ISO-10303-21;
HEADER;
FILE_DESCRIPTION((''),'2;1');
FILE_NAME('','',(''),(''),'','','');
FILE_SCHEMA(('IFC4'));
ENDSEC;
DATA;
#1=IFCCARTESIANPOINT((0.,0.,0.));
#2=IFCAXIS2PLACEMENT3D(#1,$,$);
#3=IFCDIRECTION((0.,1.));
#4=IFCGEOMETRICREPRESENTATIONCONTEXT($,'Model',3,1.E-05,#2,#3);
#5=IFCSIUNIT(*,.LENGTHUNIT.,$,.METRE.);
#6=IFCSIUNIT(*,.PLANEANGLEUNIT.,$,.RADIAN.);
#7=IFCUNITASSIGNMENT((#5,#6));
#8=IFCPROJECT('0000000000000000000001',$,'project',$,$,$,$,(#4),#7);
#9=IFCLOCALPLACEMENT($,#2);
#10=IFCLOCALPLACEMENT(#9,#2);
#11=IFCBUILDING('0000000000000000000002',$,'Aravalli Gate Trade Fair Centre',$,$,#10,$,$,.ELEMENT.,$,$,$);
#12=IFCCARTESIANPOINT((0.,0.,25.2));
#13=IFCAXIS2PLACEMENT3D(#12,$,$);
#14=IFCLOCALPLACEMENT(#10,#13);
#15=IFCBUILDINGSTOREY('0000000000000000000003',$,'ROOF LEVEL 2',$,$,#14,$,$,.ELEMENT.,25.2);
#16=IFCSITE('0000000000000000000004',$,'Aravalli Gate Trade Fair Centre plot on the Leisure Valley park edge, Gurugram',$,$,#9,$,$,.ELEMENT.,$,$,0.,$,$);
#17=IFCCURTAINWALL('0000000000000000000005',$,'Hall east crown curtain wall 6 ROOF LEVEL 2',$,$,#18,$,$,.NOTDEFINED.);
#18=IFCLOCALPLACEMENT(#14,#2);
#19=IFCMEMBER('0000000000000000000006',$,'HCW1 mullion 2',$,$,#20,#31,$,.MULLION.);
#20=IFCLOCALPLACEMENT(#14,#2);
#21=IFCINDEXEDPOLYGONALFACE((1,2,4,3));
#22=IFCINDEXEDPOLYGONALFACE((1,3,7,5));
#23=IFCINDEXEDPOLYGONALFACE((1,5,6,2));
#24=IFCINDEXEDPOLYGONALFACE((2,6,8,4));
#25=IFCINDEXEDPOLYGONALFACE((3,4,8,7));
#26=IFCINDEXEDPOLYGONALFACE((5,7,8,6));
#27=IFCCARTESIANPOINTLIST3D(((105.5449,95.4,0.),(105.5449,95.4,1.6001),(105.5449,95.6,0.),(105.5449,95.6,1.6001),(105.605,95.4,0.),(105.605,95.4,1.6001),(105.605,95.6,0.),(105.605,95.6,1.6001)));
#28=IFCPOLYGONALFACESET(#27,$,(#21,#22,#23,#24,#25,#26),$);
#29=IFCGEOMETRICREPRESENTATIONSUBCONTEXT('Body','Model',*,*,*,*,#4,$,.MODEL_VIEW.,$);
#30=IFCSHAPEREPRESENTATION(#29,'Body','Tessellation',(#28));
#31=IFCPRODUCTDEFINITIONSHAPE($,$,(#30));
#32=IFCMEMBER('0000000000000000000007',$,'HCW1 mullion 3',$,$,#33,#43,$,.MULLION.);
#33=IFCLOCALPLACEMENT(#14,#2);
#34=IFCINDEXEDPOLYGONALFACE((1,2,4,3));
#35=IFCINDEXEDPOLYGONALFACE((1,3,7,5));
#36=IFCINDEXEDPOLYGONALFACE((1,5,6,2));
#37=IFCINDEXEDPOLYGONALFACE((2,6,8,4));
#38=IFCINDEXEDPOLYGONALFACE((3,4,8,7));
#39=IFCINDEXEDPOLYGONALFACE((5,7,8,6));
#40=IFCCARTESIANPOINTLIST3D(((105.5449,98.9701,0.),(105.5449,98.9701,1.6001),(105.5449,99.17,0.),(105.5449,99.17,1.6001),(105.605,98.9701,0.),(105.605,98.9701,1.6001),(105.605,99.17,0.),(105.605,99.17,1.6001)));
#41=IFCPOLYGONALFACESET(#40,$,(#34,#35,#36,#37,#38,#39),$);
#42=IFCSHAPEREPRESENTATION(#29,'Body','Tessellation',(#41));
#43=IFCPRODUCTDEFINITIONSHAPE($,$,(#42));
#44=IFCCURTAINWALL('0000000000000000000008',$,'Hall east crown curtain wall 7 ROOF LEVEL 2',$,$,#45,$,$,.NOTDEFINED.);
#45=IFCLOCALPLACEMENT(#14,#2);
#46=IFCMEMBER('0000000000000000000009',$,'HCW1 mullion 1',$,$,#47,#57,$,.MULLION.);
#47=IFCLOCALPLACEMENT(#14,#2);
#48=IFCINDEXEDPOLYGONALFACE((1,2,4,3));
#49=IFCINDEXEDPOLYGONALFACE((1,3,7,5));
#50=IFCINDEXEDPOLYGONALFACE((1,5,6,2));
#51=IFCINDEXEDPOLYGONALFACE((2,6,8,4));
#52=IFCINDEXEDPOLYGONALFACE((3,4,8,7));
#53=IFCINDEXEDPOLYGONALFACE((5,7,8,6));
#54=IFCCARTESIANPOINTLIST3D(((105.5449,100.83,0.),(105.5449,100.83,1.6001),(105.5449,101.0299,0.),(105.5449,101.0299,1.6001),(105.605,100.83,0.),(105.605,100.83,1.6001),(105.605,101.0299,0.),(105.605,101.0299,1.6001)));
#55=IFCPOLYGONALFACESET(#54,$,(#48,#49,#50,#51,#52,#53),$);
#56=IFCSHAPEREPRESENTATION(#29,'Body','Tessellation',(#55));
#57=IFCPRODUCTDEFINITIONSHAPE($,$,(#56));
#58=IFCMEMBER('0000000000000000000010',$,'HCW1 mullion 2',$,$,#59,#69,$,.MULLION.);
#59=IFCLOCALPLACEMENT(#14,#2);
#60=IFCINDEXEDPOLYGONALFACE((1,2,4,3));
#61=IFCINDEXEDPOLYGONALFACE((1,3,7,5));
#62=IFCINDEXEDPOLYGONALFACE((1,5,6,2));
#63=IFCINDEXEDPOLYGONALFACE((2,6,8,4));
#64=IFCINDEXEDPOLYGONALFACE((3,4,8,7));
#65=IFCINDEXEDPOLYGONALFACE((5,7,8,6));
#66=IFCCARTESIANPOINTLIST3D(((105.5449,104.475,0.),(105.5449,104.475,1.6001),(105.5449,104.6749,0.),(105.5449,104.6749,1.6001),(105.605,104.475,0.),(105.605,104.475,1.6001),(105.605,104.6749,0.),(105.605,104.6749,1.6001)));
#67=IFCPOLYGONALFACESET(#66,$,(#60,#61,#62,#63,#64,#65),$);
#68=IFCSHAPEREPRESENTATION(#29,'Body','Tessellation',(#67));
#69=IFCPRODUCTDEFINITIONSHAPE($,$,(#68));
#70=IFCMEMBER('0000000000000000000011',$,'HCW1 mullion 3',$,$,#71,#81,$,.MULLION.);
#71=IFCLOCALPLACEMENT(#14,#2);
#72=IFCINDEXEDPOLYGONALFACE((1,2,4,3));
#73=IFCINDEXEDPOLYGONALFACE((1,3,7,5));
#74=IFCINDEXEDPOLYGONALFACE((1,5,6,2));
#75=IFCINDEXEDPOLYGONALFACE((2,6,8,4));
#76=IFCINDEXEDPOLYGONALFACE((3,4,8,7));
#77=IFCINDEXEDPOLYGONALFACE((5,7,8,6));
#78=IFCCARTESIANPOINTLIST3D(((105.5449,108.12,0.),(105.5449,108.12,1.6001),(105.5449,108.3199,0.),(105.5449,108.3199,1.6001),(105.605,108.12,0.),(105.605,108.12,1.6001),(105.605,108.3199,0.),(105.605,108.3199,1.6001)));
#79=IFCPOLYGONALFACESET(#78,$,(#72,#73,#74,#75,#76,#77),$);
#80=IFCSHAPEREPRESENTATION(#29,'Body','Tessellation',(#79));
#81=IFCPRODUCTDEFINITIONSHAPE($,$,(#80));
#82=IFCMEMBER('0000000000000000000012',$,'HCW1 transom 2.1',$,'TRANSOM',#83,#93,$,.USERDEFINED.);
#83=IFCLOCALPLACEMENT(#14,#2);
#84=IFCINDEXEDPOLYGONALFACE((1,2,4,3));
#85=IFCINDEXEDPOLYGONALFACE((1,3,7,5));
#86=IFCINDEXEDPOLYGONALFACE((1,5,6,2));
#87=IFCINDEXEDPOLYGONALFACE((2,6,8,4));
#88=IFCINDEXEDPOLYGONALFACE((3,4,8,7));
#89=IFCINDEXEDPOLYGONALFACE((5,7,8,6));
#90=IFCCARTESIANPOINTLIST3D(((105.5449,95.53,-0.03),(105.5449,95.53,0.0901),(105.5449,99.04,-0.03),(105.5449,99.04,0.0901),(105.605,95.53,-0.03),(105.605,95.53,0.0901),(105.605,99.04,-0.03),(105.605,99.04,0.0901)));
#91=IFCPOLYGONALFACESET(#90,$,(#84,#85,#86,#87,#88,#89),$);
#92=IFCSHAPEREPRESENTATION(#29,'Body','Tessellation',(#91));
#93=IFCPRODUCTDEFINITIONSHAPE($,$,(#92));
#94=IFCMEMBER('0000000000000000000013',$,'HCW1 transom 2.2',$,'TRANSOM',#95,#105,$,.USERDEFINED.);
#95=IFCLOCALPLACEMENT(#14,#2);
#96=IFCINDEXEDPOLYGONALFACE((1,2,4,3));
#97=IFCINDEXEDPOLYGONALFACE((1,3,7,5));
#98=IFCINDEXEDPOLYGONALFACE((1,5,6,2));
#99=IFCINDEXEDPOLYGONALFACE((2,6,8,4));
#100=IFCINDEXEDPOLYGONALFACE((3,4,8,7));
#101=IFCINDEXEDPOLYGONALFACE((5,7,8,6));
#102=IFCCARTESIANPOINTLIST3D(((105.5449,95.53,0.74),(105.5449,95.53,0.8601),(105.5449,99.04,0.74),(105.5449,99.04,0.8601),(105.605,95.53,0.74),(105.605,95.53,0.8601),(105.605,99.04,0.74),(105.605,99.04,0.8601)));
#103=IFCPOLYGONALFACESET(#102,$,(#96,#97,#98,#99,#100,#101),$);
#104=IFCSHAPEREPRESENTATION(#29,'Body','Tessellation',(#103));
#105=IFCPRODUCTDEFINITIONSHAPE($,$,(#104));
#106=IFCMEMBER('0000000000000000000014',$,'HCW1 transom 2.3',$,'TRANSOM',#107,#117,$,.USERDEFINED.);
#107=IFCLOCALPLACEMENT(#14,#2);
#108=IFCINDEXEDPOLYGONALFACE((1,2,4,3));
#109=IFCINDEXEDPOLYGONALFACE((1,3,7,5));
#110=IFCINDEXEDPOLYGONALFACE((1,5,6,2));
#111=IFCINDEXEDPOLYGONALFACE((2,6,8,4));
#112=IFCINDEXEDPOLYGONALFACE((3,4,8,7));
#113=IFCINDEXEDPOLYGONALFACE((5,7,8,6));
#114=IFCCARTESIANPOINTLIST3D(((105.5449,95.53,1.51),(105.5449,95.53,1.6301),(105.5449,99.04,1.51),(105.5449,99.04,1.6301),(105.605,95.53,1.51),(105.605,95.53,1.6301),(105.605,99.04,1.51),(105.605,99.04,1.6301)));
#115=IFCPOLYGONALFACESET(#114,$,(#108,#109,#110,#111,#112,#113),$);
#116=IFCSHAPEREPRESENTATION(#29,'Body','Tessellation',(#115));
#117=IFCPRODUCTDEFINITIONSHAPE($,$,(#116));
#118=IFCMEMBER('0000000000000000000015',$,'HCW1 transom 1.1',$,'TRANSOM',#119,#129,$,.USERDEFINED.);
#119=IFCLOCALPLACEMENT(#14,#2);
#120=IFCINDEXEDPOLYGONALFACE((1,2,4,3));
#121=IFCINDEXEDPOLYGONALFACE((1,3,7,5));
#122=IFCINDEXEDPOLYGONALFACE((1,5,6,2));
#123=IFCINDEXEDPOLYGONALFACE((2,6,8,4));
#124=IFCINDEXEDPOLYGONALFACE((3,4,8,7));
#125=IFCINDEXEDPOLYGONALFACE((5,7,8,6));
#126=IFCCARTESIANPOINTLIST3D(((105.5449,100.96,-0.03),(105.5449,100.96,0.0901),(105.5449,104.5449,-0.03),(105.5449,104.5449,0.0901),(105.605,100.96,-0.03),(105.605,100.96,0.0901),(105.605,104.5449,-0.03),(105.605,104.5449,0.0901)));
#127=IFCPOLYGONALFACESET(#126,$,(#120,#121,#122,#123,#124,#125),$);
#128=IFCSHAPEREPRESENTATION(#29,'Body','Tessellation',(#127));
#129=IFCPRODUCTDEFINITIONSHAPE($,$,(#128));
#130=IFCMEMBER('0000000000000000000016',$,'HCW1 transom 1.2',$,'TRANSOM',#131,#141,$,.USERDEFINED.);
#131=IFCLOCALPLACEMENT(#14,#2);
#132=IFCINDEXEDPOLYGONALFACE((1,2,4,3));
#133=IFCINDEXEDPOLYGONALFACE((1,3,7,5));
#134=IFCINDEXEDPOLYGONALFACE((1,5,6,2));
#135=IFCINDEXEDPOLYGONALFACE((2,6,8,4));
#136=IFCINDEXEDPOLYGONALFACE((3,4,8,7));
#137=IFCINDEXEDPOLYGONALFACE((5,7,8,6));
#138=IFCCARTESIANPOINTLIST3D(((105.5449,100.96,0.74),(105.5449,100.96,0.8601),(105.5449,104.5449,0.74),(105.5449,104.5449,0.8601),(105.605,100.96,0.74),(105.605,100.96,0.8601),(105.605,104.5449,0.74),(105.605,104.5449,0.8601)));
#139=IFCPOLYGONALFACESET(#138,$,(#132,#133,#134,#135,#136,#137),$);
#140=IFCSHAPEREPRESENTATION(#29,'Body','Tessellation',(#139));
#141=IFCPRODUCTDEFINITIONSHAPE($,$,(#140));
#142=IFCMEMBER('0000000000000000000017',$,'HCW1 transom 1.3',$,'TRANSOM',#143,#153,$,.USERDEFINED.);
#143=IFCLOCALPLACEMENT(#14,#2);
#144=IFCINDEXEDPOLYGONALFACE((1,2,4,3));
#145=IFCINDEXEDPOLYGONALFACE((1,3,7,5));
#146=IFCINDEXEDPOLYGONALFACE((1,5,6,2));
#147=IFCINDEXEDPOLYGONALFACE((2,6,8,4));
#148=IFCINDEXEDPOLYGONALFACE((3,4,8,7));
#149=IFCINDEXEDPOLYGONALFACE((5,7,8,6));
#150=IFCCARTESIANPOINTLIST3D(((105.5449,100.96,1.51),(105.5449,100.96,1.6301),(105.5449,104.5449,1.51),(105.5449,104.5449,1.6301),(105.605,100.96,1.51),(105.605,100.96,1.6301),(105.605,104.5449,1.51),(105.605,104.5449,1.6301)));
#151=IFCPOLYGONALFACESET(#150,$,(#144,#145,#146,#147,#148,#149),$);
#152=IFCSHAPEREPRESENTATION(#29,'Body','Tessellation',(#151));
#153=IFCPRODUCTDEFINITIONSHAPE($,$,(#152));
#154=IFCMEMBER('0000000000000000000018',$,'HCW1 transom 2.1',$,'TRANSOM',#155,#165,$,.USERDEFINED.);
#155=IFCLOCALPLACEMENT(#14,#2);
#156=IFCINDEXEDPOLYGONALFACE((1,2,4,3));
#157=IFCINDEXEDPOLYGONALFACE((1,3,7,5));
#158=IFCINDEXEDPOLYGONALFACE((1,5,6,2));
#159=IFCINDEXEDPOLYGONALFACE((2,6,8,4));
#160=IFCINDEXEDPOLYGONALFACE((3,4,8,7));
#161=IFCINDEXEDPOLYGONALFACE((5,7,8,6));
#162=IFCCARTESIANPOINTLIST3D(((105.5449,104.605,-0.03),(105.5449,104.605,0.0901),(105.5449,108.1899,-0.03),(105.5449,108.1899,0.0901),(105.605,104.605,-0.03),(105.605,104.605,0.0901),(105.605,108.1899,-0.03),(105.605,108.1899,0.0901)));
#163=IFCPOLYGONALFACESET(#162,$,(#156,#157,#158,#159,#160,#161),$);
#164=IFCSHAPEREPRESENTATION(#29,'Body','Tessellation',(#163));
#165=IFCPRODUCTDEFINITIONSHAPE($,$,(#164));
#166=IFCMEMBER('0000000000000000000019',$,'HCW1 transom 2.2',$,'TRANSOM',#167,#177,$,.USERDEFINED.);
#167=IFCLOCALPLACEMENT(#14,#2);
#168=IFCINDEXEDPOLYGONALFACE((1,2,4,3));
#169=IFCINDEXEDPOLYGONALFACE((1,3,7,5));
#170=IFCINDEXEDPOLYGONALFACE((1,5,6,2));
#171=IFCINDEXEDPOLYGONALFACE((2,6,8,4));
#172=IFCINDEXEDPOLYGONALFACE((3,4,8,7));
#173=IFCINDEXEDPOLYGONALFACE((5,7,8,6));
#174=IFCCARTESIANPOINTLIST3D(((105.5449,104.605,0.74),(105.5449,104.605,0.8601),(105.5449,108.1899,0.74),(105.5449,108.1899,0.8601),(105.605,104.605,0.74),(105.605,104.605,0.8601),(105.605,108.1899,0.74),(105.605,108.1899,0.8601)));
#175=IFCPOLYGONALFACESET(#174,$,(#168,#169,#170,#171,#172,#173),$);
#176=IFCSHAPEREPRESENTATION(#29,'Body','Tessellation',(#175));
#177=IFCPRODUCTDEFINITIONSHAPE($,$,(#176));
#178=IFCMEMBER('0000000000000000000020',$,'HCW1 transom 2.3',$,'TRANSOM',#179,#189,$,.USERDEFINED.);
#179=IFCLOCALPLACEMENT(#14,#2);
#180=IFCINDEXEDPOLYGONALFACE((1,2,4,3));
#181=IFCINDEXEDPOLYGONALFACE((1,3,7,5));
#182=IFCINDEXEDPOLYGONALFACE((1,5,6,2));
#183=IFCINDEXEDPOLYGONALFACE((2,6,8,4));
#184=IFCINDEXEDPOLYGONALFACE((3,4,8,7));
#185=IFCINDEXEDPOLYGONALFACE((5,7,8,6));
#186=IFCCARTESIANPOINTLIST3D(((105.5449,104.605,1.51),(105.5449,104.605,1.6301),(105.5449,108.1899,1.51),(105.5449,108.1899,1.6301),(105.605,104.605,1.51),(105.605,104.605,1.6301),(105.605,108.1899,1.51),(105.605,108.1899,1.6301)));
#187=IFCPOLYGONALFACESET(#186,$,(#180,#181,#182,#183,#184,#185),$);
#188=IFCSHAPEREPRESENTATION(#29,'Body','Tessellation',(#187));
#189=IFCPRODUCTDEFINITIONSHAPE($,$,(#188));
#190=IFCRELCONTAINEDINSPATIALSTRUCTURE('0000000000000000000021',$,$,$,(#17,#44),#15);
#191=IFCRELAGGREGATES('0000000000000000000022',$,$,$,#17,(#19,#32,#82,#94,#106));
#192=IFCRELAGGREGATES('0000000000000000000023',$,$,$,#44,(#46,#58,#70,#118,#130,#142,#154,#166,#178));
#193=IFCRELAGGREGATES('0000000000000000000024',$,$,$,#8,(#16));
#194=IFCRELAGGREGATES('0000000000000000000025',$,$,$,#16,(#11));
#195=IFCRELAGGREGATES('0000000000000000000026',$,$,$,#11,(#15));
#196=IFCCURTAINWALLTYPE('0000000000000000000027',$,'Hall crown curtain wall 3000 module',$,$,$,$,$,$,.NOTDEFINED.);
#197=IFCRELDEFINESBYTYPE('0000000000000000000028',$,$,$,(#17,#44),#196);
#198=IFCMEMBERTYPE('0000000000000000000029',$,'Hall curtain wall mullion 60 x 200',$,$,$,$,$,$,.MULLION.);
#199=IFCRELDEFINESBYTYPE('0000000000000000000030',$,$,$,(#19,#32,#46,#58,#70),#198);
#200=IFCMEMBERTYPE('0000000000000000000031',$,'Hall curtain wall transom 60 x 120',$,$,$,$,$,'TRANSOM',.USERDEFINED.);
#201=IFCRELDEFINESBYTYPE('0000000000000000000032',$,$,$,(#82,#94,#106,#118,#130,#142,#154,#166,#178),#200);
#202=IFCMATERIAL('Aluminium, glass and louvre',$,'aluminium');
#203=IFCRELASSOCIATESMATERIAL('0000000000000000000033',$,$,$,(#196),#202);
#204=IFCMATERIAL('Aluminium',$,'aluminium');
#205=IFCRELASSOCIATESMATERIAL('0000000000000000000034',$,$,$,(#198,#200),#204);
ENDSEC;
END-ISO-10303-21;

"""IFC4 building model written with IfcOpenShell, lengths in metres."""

from ifc_helpers import new_model, si_unit, direction, frame, origin, origin_2d, place, context, subcontext, project, spatial, rectangle, extrude, material, material_profile, profile_set, type_object, element, aggregate, save


model = new_model("IFC4")

# Units and contexts
model_context = context("Model", 3, precision=1e-05, world=origin(), true_north=direction((0.0, 1.0)))
body_context = subcontext(model_context, "Body", "Model", "MODEL_VIEW")
ifc_project = project(units=[si_unit("LENGTHUNIT", "METRE"), si_unit("PLANEANGLEUNIT", "RADIAN")], contexts=[model_context])

# Site, building, storey
site_placement = place(None, origin())
site = spatial("IfcSite", under=ifc_project, at=site_placement, Name="Aravalli Gate Trade Fair Centre plot on the Leisure Valley park edge, Gurugram", CompositionType="ELEMENT", RefElevation=0.0)
building_placement = place(site_placement, origin())
building = spatial("IfcBuilding", under=site, at=building_placement, Name="Aravalli Gate Trade Fair Centre", CompositionType="ELEMENT")
storey_placement = place(building_placement, frame((0.0, 0.0, 25.2)))
storey = spatial("IfcBuildingStorey", under=building, at=storey_placement, Name="ROOF LEVEL 2", CompositionType="ELEMENT", Elevation=25.2)

# Curtain walls, members
ifc_material_1 = material(Name="Aluminium, glass and louvre", Category="aluminium")
curtain_wall_type = type_object("IfcCurtainWallType", Name="Hall crown curtain wall 3000 module", PredefinedType="NOTDEFINED", material=ifc_material_1)
curtain_wall_1_placement = place(storey_placement, origin())
curtain_wall_1 = element("IfcCurtainWall", 1, at=curtain_wall_1_placement, inside=storey, type_object=curtain_wall_type, Name="Hall east crown curtain wall 6 ROOF LEVEL 2", PredefinedType="NOTDEFINED")
ifc_material_2 = material(Name="Aluminium", Category="aluminium")
ifc_material_profile_1 = material_profile(ifc_material_2, rectangle(XDim=0.0601, YDim=0.2, at=origin_2d()), Name="Hall curtain wall mullion 60 x 200")
ifc_profile_set_1 = profile_set([ifc_material_profile_1], Name="Aluminium")
member_type_1 = type_object("IfcMemberType", Name="Hall curtain wall mullion 60 x 200", PredefinedType="MULLION", material=ifc_profile_set_1)
member_1_placement = place(storey_placement, frame((105.575, 95.5, 0.0), z_axis=(0.0, 0.0, 1.0), x_axis=(-1.0, 0.0, 0.0)))
member_1 = element("IfcMember", 2, at=member_1_placement, type_object=member_type_1, Name="HCW1 mullion 2", PredefinedType="MULLION", context=body_context, shape_type="SweptSolid", body=[
    extrude(rectangle(XDim=0.0601, YDim=0.2, at=origin_2d()), origin(), (0.0, 0.0, 1.0), 1.6001),
])
member_2_placement = place(storey_placement, frame((105.575, 99.0701, 0.0), z_axis=(0.0, 0.0, 1.0), x_axis=(-1.0, 0.0, 0.0)))
member_2 = element("IfcMember", 3, at=member_2_placement, type_object=member_type_1, Name="HCW1 mullion 3", PredefinedType="MULLION", context=body_context, shape_type="SweptSolid", body=[
    extrude(rectangle(XDim=0.0601, YDim=0.2, at=origin_2d()), origin(), (0.0, 0.0, 1.0), 1.6001),
])
curtain_wall_2_placement = place(storey_placement, origin())
curtain_wall_2 = element("IfcCurtainWall", 4, at=curtain_wall_2_placement, inside=storey, type_object=curtain_wall_type, Name="Hall east crown curtain wall 7 ROOF LEVEL 2", PredefinedType="NOTDEFINED")
member_3_placement = place(storey_placement, frame((105.575, 100.9299, 0.0), z_axis=(0.0, 0.0, 1.0), x_axis=(-1.0, 0.0, 0.0)))
member_3 = element("IfcMember", 5, at=member_3_placement, type_object=member_type_1, Name="HCW1 mullion 1", PredefinedType="MULLION", context=body_context, shape_type="SweptSolid", body=[
    extrude(rectangle(XDim=0.0601, YDim=0.2, at=origin_2d()), origin(), (0.0, 0.0, 1.0), 1.6001),
])
member_4_placement = place(storey_placement, frame((105.575, 104.575, 0.0), z_axis=(0.0, 0.0, 1.0), x_axis=(-1.0, 0.0, 0.0)))
member_4 = element("IfcMember", 6, at=member_4_placement, type_object=member_type_1, Name="HCW1 mullion 2", PredefinedType="MULLION", context=body_context, shape_type="SweptSolid", body=[
    extrude(rectangle(XDim=0.0601, YDim=0.2, at=origin_2d()), origin(), (0.0, 0.0, 1.0), 1.6001),
])
member_5_placement = place(storey_placement, frame((105.575, 108.22, 0.0), z_axis=(0.0, 0.0, 1.0), x_axis=(-1.0, 0.0, 0.0)))
member_5 = element("IfcMember", 7, at=member_5_placement, type_object=member_type_1, Name="HCW1 mullion 3", PredefinedType="MULLION", context=body_context, shape_type="SweptSolid", body=[
    extrude(rectangle(XDim=0.0601, YDim=0.2, at=origin_2d()), origin(), (0.0, 0.0, 1.0), 1.6001),
])

# Members
ifc_material_profile_2 = material_profile(ifc_material_2, rectangle(XDim=0.0601, YDim=0.1201, at=origin_2d()), Name="Hall curtain wall transom 60 x 120")
ifc_profile_set_2 = profile_set([ifc_material_profile_2], Name="Aluminium")
member_type_2 = type_object("IfcMemberType", Name="Hall curtain wall transom 60 x 120", ElementType="TRANSOM", PredefinedType="USERDEFINED", material=ifc_profile_set_2)
member_6_placement = place(storey_placement, frame((105.575, 95.53, 0.03), z_axis=(0.0, 1.0, 0.0), x_axis=(-1.0, 0.0, 0.0)))
member_6 = element("IfcMember", 8, at=member_6_placement, type_object=member_type_2, Name="HCW1 transom 2.1", ObjectType="TRANSOM", PredefinedType="USERDEFINED", context=body_context, shape_type="SweptSolid", body=[
    extrude(rectangle(XDim=0.0601, YDim=0.1201, at=origin_2d()), origin(), (0.0, 0.0, 1.0), 3.51),
])
member_7_placement = place(storey_placement, frame((105.575, 95.53, 0.8), z_axis=(0.0, 1.0, 0.0), x_axis=(-1.0, 0.0, 0.0)))
member_7 = element("IfcMember", 9, at=member_7_placement, type_object=member_type_2, Name="HCW1 transom 2.2", ObjectType="TRANSOM", PredefinedType="USERDEFINED", context=body_context, shape_type="SweptSolid", body=[
    extrude(rectangle(XDim=0.0601, YDim=0.1201, at=origin_2d()), origin(), (0.0, 0.0, 1.0), 3.51),
])
member_8_placement = place(storey_placement, frame((105.575, 95.53, 1.5701), z_axis=(0.0, 1.0, 0.0), x_axis=(-1.0, 0.0, 0.0)))
member_8 = element("IfcMember", 10, at=member_8_placement, type_object=member_type_2, Name="HCW1 transom 2.3", ObjectType="TRANSOM", PredefinedType="USERDEFINED", context=body_context, shape_type="SweptSolid", body=[
    extrude(rectangle(XDim=0.0601, YDim=0.1201, at=origin_2d()), origin(), (0.0, 0.0, 1.0), 3.51),
])
member_9_placement = place(storey_placement, frame((105.575, 100.96, 0.03), z_axis=(0.0, 1.0, 0.0), x_axis=(-1.0, 0.0, 0.0)))
member_9 = element("IfcMember", 11, at=member_9_placement, type_object=member_type_2, Name="HCW1 transom 1.1", ObjectType="TRANSOM", PredefinedType="USERDEFINED", context=body_context, shape_type="SweptSolid", body=[
    extrude(rectangle(XDim=0.0601, YDim=0.1201, at=origin_2d()), origin(), (0.0, 0.0, 1.0), 3.585),
])
member_10_placement = place(storey_placement, frame((105.575, 100.96, 0.8), z_axis=(0.0, 1.0, 0.0), x_axis=(-1.0, 0.0, 0.0)))
member_10 = element("IfcMember", 12, at=member_10_placement, type_object=member_type_2, Name="HCW1 transom 1.2", ObjectType="TRANSOM", PredefinedType="USERDEFINED", context=body_context, shape_type="SweptSolid", body=[
    extrude(rectangle(XDim=0.0601, YDim=0.1201, at=origin_2d()), origin(), (0.0, 0.0, 1.0), 3.585),
])
member_11_placement = place(storey_placement, frame((105.575, 100.96, 1.5701), z_axis=(0.0, 1.0, 0.0), x_axis=(-1.0, 0.0, 0.0)))
member_11 = element("IfcMember", 13, at=member_11_placement, type_object=member_type_2, Name="HCW1 transom 1.3", ObjectType="TRANSOM", PredefinedType="USERDEFINED", context=body_context, shape_type="SweptSolid", body=[
    extrude(rectangle(XDim=0.0601, YDim=0.1201, at=origin_2d()), origin(), (0.0, 0.0, 1.0), 3.585),
])
member_12_placement = place(storey_placement, frame((105.575, 104.605, 0.03), z_axis=(0.0, 1.0, 0.0), x_axis=(-1.0, 0.0, 0.0)))
member_12 = element("IfcMember", 14, at=member_12_placement, type_object=member_type_2, Name="HCW1 transom 2.1", ObjectType="TRANSOM", PredefinedType="USERDEFINED", context=body_context, shape_type="SweptSolid", body=[
    extrude(rectangle(XDim=0.0601, YDim=0.1201, at=origin_2d()), origin(), (0.0, 0.0, 1.0), 3.585),
])
member_13_placement = place(storey_placement, frame((105.575, 104.605, 0.8), z_axis=(0.0, 1.0, 0.0), x_axis=(-1.0, 0.0, 0.0)))
member_13 = element("IfcMember", 15, at=member_13_placement, type_object=member_type_2, Name="HCW1 transom 2.2", ObjectType="TRANSOM", PredefinedType="USERDEFINED", context=body_context, shape_type="SweptSolid", body=[
    extrude(rectangle(XDim=0.0601, YDim=0.1201, at=origin_2d()), origin(), (0.0, 0.0, 1.0), 3.585),
])
member_14_placement = place(storey_placement, frame((105.575, 104.605, 1.5701), z_axis=(0.0, 1.0, 0.0), x_axis=(-1.0, 0.0, 0.0)))
member_14 = element("IfcMember", 16, at=member_14_placement, type_object=member_type_2, Name="HCW1 transom 2.3", ObjectType="TRANSOM", PredefinedType="USERDEFINED", context=body_context, shape_type="SweptSolid", body=[
    extrude(rectangle(XDim=0.0601, YDim=0.1201, at=origin_2d()), origin(), (0.0, 0.0, 1.0), 3.585),
])

aggregate(curtain_wall_1, [member_1, member_2, member_6, member_7, member_8])
aggregate(curtain_wall_2, [member_3, member_4, member_5, member_9, member_10, member_11, member_12, member_13, member_14])

save(model, "model.ifc")
